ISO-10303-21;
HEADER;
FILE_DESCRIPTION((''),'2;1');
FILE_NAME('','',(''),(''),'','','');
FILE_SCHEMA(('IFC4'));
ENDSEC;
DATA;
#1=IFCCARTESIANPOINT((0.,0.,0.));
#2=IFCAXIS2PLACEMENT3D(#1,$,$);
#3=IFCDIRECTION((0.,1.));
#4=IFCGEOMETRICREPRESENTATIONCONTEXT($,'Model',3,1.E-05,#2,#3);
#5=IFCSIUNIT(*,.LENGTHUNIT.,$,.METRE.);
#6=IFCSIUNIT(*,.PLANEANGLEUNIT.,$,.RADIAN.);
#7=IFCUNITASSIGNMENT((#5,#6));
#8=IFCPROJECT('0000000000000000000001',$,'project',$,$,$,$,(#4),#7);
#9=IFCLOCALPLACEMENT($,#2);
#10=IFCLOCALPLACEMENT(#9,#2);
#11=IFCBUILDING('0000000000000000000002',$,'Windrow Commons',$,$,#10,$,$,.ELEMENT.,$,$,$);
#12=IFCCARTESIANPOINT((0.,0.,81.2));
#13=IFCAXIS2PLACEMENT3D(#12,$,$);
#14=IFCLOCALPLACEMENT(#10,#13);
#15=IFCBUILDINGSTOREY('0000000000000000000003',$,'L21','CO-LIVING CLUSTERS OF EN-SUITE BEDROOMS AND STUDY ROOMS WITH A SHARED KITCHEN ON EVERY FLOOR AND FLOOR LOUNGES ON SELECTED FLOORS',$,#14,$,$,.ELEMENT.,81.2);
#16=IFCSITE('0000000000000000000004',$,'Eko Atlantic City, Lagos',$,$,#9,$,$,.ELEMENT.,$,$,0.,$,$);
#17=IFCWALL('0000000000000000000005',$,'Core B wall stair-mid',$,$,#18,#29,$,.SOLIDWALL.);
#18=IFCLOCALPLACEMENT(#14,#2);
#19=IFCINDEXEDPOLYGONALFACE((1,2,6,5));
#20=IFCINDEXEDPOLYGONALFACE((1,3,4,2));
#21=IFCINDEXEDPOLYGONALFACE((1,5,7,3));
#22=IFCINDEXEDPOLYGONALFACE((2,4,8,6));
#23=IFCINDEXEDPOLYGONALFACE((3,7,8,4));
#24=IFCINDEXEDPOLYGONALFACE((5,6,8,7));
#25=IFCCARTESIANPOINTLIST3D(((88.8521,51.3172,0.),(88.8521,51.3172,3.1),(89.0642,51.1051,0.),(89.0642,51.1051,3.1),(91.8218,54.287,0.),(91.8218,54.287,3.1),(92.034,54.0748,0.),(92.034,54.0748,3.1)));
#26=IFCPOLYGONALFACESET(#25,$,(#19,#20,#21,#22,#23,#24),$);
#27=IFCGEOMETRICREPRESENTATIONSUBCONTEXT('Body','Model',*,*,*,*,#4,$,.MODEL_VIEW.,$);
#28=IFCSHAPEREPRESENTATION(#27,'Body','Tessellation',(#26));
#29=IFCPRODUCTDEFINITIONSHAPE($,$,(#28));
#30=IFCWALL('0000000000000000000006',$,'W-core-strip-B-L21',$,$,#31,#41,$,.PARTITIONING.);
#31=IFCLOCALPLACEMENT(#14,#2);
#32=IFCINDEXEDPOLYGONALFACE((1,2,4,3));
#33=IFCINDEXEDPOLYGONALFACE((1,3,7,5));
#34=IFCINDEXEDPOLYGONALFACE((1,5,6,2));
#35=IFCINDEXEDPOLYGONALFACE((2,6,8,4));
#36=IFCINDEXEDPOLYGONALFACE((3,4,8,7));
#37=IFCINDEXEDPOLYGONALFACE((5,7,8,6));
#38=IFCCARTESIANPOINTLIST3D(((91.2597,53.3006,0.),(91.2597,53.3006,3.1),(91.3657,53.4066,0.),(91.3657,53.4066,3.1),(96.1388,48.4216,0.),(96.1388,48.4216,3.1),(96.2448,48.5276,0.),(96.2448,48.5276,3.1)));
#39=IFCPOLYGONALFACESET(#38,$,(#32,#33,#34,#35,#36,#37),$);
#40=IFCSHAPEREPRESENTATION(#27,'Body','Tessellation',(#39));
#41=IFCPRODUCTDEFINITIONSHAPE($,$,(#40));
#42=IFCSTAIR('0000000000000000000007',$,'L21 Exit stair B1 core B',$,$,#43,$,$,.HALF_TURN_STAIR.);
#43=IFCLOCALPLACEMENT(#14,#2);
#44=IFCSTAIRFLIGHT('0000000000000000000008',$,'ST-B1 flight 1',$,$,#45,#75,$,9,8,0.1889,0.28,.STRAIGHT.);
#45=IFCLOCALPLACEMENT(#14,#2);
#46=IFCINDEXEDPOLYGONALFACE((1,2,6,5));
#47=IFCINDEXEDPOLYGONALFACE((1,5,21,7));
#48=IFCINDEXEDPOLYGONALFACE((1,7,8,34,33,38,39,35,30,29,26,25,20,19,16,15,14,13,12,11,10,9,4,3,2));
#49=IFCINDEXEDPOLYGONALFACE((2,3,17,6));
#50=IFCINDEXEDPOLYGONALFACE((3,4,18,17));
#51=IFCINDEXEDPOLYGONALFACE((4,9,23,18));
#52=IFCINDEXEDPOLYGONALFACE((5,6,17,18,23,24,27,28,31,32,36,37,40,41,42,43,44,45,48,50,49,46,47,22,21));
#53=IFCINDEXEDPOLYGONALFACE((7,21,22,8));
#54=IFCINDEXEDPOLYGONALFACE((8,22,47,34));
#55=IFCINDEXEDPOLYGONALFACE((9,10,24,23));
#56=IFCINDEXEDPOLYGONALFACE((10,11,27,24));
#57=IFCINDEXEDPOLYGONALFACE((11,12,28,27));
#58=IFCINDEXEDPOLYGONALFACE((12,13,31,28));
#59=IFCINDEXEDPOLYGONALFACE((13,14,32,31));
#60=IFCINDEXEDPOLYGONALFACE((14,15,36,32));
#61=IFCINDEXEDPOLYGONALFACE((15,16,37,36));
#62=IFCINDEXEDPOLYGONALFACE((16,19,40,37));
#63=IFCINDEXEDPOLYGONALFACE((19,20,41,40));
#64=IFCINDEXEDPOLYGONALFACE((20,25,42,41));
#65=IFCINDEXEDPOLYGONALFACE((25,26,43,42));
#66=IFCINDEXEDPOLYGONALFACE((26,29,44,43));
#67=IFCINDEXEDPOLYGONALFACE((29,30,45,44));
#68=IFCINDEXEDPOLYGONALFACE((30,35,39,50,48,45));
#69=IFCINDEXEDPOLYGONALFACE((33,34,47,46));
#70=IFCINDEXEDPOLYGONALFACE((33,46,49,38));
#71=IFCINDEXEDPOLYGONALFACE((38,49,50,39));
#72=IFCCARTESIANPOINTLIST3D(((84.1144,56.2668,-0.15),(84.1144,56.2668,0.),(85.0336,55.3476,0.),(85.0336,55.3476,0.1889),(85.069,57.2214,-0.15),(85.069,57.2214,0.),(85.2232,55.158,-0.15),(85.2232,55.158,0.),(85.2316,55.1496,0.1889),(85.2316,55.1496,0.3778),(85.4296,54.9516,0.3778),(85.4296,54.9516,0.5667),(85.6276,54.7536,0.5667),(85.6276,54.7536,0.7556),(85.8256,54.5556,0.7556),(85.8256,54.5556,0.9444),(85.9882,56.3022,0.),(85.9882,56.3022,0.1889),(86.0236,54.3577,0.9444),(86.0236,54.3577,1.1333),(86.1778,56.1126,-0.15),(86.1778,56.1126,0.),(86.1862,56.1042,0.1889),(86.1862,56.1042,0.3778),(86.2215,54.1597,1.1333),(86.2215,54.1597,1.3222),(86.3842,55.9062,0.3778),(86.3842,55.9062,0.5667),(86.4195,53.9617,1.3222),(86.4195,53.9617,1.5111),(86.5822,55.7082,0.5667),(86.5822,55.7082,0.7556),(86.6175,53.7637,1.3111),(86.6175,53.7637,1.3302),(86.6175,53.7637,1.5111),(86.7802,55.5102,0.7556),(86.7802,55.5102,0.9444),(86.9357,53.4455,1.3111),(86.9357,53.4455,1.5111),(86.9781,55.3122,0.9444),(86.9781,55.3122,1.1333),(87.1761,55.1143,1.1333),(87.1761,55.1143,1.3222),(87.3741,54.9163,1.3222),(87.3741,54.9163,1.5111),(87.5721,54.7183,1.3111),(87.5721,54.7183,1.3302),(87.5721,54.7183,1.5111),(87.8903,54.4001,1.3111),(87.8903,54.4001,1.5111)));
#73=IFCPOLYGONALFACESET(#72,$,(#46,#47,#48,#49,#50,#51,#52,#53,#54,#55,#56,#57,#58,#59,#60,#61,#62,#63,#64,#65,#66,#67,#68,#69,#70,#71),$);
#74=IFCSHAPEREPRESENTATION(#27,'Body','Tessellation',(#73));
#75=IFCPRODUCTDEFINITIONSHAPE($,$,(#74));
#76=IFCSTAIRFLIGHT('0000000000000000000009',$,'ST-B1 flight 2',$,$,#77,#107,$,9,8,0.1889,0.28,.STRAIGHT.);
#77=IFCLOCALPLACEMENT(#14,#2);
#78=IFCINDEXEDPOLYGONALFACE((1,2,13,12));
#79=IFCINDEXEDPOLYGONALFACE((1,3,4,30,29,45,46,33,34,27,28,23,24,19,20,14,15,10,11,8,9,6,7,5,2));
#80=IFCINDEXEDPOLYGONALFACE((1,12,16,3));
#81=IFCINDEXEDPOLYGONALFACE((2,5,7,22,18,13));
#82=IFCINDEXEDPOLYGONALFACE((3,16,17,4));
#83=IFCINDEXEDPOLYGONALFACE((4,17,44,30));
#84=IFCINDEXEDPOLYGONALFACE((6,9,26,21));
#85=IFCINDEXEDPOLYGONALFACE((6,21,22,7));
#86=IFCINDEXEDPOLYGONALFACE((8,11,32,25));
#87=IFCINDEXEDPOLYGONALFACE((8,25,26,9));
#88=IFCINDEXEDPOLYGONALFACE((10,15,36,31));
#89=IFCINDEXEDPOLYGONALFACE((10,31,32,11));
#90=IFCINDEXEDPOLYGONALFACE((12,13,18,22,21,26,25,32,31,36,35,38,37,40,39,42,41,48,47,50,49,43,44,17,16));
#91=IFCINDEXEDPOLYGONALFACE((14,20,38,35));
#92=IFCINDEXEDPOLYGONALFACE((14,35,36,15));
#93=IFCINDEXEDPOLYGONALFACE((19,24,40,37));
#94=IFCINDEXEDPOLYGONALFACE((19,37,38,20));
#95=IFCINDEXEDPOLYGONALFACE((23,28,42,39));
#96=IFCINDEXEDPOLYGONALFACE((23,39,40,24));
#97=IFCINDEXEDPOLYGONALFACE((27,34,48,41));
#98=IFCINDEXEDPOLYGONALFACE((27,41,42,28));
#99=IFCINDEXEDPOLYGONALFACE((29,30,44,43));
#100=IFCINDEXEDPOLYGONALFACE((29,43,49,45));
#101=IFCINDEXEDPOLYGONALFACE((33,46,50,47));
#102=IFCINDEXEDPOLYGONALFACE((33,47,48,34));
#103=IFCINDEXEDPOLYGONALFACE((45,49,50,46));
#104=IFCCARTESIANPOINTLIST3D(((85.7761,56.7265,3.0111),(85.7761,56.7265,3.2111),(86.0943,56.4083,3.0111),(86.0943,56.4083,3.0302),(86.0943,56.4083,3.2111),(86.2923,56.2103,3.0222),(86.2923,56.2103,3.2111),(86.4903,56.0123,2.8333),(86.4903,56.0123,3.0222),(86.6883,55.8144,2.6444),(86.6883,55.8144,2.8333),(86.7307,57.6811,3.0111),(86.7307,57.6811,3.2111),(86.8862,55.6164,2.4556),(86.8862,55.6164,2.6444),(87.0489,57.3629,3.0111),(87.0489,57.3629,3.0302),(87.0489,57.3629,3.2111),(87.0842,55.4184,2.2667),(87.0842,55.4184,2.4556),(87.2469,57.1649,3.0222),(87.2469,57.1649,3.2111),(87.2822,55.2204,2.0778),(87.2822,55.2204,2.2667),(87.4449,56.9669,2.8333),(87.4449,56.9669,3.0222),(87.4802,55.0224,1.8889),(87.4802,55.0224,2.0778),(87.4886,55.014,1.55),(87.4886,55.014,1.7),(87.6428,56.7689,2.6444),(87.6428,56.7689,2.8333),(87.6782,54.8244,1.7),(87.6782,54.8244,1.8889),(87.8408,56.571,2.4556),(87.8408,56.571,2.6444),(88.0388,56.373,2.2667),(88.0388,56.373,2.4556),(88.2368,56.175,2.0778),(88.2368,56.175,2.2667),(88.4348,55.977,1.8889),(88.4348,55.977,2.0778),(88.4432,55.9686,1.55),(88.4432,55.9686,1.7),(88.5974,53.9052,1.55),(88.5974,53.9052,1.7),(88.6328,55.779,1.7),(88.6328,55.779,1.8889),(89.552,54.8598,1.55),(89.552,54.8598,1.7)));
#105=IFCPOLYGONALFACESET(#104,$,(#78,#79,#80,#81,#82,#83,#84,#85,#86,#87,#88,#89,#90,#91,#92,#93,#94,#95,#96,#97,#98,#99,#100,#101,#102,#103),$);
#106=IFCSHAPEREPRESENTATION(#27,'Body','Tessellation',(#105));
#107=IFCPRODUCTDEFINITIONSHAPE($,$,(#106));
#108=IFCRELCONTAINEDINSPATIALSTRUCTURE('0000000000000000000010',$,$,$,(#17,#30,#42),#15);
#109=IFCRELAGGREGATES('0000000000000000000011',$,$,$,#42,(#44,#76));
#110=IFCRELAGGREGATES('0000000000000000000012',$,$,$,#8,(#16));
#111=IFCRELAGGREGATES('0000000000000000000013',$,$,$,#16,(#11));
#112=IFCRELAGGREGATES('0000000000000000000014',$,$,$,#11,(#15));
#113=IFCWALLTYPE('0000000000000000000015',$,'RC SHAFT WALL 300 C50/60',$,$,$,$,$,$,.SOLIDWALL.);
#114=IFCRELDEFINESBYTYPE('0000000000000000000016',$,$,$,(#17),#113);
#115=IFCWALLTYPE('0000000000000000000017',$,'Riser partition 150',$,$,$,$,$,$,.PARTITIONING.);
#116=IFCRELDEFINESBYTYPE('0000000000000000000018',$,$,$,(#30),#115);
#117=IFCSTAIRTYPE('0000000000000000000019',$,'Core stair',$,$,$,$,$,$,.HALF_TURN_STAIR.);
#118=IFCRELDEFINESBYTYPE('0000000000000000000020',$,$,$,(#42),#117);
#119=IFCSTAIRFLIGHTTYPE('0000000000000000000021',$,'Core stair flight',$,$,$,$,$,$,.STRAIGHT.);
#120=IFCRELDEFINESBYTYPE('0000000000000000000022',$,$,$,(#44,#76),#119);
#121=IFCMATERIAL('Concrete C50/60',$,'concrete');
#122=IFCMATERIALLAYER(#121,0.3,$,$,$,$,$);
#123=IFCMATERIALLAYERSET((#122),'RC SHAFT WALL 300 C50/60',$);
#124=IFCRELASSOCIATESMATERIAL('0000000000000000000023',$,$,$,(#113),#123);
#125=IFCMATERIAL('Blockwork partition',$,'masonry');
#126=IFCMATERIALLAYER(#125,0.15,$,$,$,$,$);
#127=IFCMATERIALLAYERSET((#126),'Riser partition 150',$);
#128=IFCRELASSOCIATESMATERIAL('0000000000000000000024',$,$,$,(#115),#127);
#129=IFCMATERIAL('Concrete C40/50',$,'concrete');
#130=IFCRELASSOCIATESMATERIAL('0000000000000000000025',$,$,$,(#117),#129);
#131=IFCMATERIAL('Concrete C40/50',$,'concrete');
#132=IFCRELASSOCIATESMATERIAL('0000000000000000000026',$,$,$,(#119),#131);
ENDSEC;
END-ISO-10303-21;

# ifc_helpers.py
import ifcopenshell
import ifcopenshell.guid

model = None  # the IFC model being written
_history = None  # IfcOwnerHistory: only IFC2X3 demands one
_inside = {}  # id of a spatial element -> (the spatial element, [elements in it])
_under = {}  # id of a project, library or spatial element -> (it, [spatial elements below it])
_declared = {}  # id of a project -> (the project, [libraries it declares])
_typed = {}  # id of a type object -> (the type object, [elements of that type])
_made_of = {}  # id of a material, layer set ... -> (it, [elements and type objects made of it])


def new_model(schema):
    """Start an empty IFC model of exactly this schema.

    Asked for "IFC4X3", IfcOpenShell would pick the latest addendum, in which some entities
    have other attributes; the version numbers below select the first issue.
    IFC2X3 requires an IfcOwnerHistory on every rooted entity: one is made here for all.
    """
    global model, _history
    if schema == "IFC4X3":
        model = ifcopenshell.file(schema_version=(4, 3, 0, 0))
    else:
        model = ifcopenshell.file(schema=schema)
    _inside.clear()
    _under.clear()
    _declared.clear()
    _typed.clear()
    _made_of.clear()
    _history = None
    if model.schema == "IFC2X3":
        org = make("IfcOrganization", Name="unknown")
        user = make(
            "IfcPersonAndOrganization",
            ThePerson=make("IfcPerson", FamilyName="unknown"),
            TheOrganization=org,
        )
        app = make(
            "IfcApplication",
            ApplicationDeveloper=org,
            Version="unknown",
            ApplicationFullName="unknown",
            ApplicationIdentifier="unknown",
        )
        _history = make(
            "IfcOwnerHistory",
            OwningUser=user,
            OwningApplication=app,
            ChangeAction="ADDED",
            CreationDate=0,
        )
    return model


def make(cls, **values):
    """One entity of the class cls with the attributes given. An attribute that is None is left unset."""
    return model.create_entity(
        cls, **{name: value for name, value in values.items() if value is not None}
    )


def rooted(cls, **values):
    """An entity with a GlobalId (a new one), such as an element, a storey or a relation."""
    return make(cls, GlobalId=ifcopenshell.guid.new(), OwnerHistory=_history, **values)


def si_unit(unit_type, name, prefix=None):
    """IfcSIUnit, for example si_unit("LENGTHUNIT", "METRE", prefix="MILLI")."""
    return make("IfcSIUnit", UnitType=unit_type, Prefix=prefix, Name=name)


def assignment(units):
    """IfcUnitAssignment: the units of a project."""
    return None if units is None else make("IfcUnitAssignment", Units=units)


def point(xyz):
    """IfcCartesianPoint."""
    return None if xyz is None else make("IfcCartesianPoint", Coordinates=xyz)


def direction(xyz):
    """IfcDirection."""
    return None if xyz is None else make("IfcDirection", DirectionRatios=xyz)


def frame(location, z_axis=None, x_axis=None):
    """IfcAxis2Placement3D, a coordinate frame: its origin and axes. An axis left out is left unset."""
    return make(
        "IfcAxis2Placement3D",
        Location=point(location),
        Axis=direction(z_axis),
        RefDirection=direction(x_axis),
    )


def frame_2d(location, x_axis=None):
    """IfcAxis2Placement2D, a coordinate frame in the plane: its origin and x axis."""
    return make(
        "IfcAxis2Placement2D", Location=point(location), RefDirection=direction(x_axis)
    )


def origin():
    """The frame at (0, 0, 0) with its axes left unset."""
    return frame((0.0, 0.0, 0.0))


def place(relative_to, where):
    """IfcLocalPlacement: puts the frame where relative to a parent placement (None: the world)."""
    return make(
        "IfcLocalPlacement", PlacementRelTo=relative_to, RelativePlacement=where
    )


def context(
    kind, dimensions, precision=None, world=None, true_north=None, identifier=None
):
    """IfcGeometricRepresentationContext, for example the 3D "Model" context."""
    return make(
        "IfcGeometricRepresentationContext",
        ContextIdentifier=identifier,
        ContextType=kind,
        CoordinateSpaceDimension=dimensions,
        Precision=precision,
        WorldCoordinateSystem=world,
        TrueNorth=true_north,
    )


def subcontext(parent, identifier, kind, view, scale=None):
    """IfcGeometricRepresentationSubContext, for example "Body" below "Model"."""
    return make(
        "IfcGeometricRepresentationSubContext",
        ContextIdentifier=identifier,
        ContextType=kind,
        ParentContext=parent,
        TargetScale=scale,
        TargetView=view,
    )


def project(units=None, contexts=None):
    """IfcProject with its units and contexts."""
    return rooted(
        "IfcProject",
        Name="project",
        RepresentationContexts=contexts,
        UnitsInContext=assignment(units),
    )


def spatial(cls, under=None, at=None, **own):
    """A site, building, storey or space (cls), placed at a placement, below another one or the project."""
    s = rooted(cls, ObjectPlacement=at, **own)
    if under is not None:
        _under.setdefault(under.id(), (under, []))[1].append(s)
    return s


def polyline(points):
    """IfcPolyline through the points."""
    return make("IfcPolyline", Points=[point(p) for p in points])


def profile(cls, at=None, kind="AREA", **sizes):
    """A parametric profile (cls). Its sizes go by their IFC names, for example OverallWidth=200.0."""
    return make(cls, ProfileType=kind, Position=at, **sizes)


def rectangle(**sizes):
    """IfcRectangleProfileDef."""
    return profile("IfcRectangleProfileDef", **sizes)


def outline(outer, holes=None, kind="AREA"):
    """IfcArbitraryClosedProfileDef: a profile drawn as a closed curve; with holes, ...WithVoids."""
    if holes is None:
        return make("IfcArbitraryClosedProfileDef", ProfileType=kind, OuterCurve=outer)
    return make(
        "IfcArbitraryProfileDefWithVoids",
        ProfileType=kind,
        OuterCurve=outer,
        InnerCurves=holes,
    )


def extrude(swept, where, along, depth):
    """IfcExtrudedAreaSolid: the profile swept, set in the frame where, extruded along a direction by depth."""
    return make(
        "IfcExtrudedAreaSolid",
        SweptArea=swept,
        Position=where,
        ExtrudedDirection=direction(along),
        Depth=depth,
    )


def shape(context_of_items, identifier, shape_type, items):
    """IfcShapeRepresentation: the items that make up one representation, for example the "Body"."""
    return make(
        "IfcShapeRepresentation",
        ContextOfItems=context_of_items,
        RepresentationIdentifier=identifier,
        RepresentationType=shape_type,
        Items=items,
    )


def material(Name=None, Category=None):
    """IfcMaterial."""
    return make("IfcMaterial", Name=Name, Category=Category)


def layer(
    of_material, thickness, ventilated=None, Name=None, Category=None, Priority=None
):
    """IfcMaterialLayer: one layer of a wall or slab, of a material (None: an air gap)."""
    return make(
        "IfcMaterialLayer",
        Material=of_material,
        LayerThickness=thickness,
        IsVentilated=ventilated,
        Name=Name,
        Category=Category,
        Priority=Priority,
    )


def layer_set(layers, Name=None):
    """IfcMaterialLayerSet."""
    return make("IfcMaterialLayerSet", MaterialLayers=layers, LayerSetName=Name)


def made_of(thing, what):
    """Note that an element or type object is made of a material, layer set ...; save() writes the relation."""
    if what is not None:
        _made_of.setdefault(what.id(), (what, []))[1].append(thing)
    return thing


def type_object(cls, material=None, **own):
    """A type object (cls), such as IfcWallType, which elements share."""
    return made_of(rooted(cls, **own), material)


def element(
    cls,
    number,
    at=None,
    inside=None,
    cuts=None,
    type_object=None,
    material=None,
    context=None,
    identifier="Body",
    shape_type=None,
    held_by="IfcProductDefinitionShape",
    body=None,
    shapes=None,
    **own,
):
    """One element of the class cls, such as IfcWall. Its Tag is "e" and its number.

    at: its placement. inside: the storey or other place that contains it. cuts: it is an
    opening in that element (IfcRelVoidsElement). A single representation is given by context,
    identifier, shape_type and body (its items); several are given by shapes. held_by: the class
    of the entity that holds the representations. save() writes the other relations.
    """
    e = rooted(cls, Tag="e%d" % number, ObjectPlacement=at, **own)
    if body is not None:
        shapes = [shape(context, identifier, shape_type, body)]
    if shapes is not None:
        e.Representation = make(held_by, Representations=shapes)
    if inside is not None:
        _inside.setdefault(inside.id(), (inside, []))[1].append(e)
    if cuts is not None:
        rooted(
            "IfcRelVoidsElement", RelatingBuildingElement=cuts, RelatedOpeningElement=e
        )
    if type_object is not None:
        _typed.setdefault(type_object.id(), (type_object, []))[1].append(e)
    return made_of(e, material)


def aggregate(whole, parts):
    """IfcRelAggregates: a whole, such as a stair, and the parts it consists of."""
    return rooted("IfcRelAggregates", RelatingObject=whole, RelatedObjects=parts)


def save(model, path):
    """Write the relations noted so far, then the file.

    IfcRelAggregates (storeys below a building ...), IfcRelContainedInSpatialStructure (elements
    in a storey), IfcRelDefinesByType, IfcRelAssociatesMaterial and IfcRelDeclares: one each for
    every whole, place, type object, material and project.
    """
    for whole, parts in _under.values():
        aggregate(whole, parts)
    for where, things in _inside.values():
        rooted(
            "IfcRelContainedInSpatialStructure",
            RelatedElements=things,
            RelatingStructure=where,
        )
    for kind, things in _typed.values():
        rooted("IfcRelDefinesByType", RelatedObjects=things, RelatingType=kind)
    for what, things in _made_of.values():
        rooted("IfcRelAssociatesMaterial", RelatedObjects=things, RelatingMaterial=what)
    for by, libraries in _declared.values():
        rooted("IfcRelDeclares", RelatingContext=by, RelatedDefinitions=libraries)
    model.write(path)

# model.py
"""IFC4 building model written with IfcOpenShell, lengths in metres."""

from ifc_helpers import new_model, si_unit, direction, frame, frame_2d, origin, place, context, subcontext, project, spatial, polyline, rectangle, outline, extrude, material, layer, layer_set, type_object, element, aggregate, save


model = new_model("IFC4")

# Units and contexts
model_context = context("Model", 3, precision=1e-05, world=origin(), true_north=direction((0.0, 1.0)))
body_context = subcontext(model_context, "Body", "Model", "MODEL_VIEW")
ifc_project = project(units=[si_unit("LENGTHUNIT", "METRE"), si_unit("PLANEANGLEUNIT", "RADIAN")], contexts=[model_context])

# Site, building, storey
site_placement = place(None, origin())
site = spatial("IfcSite", under=ifc_project, at=site_placement, Name="Eko Atlantic City, Lagos", CompositionType="ELEMENT", RefElevation=0.0)
building_placement = place(site_placement, origin())
building = spatial("IfcBuilding", under=site, at=building_placement, Name="Windrow Commons", CompositionType="ELEMENT")
storey_placement = place(building_placement, frame((0.0, 0.0, 81.2)))
storey = spatial("IfcBuildingStorey", under=building, at=storey_placement, Name="L21", Description="CO-LIVING CLUSTERS OF EN-SUITE BEDROOMS AND STUDY ROOMS WITH A SHARED KITCHEN ON EVERY FLOOR AND FLOOR LOUNGES ON SELECTED FLOORS", CompositionType="ELEMENT", Elevation=81.2)

# Walls
ifc_material_1 = material(Name="Concrete C50/60", Category="concrete")
ifc_layer_1 = layer(ifc_material_1, 0.3)
ifc_layer_set_1 = layer_set([ifc_layer_1], Name="RC SHAFT WALL 300 C50/60")
wall_type_1 = type_object("IfcWallType", Name="RC SHAFT WALL 300 C50/60", PredefinedType="SOLIDWALL", material=ifc_layer_set_1)
wall_1_placement = place(storey_placement, frame((88.9581, 51.2111, 0.0), z_axis=(0.0, 0.0, 1.0), x_axis=(0.707107, 0.707107, 0.0)))
element("IfcWall", 1, at=wall_1_placement, inside=storey, type_object=wall_type_1, Name="Core B wall stair-mid", PredefinedType="SOLIDWALL", context=body_context, shape_type="SweptSolid", body=[
    extrude(rectangle(XDim=4.1999, YDim=0.3, at=frame_2d((2.1, 0.0))), origin(), (0.0, 0.0, 1.0), 3.1),
])
ifc_material_2 = material(Name="Blockwork partition", Category="masonry")
ifc_layer_2 = layer(ifc_material_2, 0.15)
ifc_layer_set_2 = layer_set([ifc_layer_2], Name="Riser partition 150")
wall_type_2 = type_object("IfcWallType", Name="Riser partition 150", PredefinedType="PARTITIONING", material=ifc_layer_set_2)
wall_2_placement = place(storey_placement, frame((91.3127, 53.3536, 0.0), z_axis=(0.0, 0.0, 1.0), x_axis=(0.707114, -0.7071, 0.0)))
element("IfcWall", 2, at=wall_2_placement, inside=storey, type_object=wall_type_2, Name="W-core-strip-B-L21", PredefinedType="PARTITIONING", context=body_context, shape_type="SweptSolid", body=[
    extrude(rectangle(XDim=6.9, YDim=0.15, at=frame_2d((3.45, 0.0))), origin(), (0.0, 0.0, 1.0), 3.1),
])

# Stair, stair flights
ifc_material_3 = material(Name="Concrete C40/50", Category="concrete")
stair_type = type_object("IfcStairType", Name="Core stair", PredefinedType="HALF_TURN_STAIR", material=ifc_material_3)
stair_placement = place(storey_placement, origin())
stair = element("IfcStair", 3, at=stair_placement, inside=storey, type_object=stair_type, Name="L21 Exit stair B1 core B", PredefinedType="HALF_TURN_STAIR")
ifc_material_4 = material(Name="Concrete C40/50", Category="concrete")
stair_flight_type = type_object("IfcStairFlightType", Name="Core stair flight", PredefinedType="STRAIGHT", material=ifc_material_4)
stair_flight_1_placement = place(storey_placement, frame((85.5109, 55.8249, 0.0), z_axis=(0.0, 0.0, 1.0), x_axis=(0.707107, -0.707107, 0.0)))
stair_flight_1 = element("IfcStairFlight", 4, at=stair_flight_1_placement, type_object=stair_flight_type, Name="ST-B1 flight 1", NumberOfRisers=9, NumberOfTreads=8, PredefinedType="STRAIGHT", RiserHeight=0.1889, TreadLength=0.28, context=body_context, shape_type="SweptSolid", body=[
    extrude(outline(polyline([(-1.3, -0.15), (-1.3, 0.0), (0.0, 0.0), (0.0, 0.1889), (0.28, 0.1889), (0.28, 0.3778), (0.56, 0.3778), (0.56, 0.5667), (0.84, 0.5667), (0.84, 0.7556), (1.12, 0.7556), (1.12, 0.9444), (1.4, 0.9444), (1.4, 1.1333), (1.68, 1.1333), (1.68, 1.3222), (1.96, 1.3222), (1.96, 1.5111), (2.24, 1.5111), (2.69, 1.5111), (2.69, 1.3111), (2.24, 1.3111), (2.24, 1.3302), (0.2682, 0.0), (0.2682, -0.15), (-1.3, -0.15)])), frame((0.0, 0.675, 0.0), z_axis=(0.0, -1.0, 0.0), x_axis=(1.0, 0.0, 0.0)), (0.0, 0.0, 1.0), 1.35),
])
stair_flight_2_placement = place(storey_placement, frame((88.1555, 55.3017, 1.7), z_axis=(0.0, 0.0, 1.0), x_axis=(-0.707107, 0.707107, 0.0)))
stair_flight_2 = element("IfcStairFlight", 5, at=stair_flight_2_placement, type_object=stair_flight_type, Name="ST-B1 flight 2", NumberOfRisers=9, NumberOfTreads=8, PredefinedType="STRAIGHT", RiserHeight=0.1889, TreadLength=0.28, context=body_context, shape_type="SweptSolid", body=[
    extrude(outline(polyline([(-1.3, -0.15), (-1.3, 0.0), (0.0, 0.0), (0.0, 0.1889), (0.28, 0.1889), (0.28, 0.3778), (0.56, 0.3778), (0.56, 0.5667), (0.84, 0.5667), (0.84, 0.7556), (1.12, 0.7556), (1.12, 0.9444), (1.4, 0.9444), (1.4, 1.1333), (1.68, 1.1333), (1.68, 1.3222), (1.96, 1.3222), (1.96, 1.5111), (2.24, 1.5111), (2.69, 1.5111), (2.69, 1.3111), (2.24, 1.3111), (2.24, 1.3302), (0.2682, 0.0), (0.2682, -0.15), (-1.3, -0.15)])), frame((0.0, 0.675, 0.0), z_axis=(0.0, -1.0, 0.0), x_axis=(1.0, 0.0, 0.0)), (0.0, 0.0, 1.0), 1.35),
])
aggregate(stair, [stair_flight_1, stair_flight_2])

save(model, "model.ifc")
